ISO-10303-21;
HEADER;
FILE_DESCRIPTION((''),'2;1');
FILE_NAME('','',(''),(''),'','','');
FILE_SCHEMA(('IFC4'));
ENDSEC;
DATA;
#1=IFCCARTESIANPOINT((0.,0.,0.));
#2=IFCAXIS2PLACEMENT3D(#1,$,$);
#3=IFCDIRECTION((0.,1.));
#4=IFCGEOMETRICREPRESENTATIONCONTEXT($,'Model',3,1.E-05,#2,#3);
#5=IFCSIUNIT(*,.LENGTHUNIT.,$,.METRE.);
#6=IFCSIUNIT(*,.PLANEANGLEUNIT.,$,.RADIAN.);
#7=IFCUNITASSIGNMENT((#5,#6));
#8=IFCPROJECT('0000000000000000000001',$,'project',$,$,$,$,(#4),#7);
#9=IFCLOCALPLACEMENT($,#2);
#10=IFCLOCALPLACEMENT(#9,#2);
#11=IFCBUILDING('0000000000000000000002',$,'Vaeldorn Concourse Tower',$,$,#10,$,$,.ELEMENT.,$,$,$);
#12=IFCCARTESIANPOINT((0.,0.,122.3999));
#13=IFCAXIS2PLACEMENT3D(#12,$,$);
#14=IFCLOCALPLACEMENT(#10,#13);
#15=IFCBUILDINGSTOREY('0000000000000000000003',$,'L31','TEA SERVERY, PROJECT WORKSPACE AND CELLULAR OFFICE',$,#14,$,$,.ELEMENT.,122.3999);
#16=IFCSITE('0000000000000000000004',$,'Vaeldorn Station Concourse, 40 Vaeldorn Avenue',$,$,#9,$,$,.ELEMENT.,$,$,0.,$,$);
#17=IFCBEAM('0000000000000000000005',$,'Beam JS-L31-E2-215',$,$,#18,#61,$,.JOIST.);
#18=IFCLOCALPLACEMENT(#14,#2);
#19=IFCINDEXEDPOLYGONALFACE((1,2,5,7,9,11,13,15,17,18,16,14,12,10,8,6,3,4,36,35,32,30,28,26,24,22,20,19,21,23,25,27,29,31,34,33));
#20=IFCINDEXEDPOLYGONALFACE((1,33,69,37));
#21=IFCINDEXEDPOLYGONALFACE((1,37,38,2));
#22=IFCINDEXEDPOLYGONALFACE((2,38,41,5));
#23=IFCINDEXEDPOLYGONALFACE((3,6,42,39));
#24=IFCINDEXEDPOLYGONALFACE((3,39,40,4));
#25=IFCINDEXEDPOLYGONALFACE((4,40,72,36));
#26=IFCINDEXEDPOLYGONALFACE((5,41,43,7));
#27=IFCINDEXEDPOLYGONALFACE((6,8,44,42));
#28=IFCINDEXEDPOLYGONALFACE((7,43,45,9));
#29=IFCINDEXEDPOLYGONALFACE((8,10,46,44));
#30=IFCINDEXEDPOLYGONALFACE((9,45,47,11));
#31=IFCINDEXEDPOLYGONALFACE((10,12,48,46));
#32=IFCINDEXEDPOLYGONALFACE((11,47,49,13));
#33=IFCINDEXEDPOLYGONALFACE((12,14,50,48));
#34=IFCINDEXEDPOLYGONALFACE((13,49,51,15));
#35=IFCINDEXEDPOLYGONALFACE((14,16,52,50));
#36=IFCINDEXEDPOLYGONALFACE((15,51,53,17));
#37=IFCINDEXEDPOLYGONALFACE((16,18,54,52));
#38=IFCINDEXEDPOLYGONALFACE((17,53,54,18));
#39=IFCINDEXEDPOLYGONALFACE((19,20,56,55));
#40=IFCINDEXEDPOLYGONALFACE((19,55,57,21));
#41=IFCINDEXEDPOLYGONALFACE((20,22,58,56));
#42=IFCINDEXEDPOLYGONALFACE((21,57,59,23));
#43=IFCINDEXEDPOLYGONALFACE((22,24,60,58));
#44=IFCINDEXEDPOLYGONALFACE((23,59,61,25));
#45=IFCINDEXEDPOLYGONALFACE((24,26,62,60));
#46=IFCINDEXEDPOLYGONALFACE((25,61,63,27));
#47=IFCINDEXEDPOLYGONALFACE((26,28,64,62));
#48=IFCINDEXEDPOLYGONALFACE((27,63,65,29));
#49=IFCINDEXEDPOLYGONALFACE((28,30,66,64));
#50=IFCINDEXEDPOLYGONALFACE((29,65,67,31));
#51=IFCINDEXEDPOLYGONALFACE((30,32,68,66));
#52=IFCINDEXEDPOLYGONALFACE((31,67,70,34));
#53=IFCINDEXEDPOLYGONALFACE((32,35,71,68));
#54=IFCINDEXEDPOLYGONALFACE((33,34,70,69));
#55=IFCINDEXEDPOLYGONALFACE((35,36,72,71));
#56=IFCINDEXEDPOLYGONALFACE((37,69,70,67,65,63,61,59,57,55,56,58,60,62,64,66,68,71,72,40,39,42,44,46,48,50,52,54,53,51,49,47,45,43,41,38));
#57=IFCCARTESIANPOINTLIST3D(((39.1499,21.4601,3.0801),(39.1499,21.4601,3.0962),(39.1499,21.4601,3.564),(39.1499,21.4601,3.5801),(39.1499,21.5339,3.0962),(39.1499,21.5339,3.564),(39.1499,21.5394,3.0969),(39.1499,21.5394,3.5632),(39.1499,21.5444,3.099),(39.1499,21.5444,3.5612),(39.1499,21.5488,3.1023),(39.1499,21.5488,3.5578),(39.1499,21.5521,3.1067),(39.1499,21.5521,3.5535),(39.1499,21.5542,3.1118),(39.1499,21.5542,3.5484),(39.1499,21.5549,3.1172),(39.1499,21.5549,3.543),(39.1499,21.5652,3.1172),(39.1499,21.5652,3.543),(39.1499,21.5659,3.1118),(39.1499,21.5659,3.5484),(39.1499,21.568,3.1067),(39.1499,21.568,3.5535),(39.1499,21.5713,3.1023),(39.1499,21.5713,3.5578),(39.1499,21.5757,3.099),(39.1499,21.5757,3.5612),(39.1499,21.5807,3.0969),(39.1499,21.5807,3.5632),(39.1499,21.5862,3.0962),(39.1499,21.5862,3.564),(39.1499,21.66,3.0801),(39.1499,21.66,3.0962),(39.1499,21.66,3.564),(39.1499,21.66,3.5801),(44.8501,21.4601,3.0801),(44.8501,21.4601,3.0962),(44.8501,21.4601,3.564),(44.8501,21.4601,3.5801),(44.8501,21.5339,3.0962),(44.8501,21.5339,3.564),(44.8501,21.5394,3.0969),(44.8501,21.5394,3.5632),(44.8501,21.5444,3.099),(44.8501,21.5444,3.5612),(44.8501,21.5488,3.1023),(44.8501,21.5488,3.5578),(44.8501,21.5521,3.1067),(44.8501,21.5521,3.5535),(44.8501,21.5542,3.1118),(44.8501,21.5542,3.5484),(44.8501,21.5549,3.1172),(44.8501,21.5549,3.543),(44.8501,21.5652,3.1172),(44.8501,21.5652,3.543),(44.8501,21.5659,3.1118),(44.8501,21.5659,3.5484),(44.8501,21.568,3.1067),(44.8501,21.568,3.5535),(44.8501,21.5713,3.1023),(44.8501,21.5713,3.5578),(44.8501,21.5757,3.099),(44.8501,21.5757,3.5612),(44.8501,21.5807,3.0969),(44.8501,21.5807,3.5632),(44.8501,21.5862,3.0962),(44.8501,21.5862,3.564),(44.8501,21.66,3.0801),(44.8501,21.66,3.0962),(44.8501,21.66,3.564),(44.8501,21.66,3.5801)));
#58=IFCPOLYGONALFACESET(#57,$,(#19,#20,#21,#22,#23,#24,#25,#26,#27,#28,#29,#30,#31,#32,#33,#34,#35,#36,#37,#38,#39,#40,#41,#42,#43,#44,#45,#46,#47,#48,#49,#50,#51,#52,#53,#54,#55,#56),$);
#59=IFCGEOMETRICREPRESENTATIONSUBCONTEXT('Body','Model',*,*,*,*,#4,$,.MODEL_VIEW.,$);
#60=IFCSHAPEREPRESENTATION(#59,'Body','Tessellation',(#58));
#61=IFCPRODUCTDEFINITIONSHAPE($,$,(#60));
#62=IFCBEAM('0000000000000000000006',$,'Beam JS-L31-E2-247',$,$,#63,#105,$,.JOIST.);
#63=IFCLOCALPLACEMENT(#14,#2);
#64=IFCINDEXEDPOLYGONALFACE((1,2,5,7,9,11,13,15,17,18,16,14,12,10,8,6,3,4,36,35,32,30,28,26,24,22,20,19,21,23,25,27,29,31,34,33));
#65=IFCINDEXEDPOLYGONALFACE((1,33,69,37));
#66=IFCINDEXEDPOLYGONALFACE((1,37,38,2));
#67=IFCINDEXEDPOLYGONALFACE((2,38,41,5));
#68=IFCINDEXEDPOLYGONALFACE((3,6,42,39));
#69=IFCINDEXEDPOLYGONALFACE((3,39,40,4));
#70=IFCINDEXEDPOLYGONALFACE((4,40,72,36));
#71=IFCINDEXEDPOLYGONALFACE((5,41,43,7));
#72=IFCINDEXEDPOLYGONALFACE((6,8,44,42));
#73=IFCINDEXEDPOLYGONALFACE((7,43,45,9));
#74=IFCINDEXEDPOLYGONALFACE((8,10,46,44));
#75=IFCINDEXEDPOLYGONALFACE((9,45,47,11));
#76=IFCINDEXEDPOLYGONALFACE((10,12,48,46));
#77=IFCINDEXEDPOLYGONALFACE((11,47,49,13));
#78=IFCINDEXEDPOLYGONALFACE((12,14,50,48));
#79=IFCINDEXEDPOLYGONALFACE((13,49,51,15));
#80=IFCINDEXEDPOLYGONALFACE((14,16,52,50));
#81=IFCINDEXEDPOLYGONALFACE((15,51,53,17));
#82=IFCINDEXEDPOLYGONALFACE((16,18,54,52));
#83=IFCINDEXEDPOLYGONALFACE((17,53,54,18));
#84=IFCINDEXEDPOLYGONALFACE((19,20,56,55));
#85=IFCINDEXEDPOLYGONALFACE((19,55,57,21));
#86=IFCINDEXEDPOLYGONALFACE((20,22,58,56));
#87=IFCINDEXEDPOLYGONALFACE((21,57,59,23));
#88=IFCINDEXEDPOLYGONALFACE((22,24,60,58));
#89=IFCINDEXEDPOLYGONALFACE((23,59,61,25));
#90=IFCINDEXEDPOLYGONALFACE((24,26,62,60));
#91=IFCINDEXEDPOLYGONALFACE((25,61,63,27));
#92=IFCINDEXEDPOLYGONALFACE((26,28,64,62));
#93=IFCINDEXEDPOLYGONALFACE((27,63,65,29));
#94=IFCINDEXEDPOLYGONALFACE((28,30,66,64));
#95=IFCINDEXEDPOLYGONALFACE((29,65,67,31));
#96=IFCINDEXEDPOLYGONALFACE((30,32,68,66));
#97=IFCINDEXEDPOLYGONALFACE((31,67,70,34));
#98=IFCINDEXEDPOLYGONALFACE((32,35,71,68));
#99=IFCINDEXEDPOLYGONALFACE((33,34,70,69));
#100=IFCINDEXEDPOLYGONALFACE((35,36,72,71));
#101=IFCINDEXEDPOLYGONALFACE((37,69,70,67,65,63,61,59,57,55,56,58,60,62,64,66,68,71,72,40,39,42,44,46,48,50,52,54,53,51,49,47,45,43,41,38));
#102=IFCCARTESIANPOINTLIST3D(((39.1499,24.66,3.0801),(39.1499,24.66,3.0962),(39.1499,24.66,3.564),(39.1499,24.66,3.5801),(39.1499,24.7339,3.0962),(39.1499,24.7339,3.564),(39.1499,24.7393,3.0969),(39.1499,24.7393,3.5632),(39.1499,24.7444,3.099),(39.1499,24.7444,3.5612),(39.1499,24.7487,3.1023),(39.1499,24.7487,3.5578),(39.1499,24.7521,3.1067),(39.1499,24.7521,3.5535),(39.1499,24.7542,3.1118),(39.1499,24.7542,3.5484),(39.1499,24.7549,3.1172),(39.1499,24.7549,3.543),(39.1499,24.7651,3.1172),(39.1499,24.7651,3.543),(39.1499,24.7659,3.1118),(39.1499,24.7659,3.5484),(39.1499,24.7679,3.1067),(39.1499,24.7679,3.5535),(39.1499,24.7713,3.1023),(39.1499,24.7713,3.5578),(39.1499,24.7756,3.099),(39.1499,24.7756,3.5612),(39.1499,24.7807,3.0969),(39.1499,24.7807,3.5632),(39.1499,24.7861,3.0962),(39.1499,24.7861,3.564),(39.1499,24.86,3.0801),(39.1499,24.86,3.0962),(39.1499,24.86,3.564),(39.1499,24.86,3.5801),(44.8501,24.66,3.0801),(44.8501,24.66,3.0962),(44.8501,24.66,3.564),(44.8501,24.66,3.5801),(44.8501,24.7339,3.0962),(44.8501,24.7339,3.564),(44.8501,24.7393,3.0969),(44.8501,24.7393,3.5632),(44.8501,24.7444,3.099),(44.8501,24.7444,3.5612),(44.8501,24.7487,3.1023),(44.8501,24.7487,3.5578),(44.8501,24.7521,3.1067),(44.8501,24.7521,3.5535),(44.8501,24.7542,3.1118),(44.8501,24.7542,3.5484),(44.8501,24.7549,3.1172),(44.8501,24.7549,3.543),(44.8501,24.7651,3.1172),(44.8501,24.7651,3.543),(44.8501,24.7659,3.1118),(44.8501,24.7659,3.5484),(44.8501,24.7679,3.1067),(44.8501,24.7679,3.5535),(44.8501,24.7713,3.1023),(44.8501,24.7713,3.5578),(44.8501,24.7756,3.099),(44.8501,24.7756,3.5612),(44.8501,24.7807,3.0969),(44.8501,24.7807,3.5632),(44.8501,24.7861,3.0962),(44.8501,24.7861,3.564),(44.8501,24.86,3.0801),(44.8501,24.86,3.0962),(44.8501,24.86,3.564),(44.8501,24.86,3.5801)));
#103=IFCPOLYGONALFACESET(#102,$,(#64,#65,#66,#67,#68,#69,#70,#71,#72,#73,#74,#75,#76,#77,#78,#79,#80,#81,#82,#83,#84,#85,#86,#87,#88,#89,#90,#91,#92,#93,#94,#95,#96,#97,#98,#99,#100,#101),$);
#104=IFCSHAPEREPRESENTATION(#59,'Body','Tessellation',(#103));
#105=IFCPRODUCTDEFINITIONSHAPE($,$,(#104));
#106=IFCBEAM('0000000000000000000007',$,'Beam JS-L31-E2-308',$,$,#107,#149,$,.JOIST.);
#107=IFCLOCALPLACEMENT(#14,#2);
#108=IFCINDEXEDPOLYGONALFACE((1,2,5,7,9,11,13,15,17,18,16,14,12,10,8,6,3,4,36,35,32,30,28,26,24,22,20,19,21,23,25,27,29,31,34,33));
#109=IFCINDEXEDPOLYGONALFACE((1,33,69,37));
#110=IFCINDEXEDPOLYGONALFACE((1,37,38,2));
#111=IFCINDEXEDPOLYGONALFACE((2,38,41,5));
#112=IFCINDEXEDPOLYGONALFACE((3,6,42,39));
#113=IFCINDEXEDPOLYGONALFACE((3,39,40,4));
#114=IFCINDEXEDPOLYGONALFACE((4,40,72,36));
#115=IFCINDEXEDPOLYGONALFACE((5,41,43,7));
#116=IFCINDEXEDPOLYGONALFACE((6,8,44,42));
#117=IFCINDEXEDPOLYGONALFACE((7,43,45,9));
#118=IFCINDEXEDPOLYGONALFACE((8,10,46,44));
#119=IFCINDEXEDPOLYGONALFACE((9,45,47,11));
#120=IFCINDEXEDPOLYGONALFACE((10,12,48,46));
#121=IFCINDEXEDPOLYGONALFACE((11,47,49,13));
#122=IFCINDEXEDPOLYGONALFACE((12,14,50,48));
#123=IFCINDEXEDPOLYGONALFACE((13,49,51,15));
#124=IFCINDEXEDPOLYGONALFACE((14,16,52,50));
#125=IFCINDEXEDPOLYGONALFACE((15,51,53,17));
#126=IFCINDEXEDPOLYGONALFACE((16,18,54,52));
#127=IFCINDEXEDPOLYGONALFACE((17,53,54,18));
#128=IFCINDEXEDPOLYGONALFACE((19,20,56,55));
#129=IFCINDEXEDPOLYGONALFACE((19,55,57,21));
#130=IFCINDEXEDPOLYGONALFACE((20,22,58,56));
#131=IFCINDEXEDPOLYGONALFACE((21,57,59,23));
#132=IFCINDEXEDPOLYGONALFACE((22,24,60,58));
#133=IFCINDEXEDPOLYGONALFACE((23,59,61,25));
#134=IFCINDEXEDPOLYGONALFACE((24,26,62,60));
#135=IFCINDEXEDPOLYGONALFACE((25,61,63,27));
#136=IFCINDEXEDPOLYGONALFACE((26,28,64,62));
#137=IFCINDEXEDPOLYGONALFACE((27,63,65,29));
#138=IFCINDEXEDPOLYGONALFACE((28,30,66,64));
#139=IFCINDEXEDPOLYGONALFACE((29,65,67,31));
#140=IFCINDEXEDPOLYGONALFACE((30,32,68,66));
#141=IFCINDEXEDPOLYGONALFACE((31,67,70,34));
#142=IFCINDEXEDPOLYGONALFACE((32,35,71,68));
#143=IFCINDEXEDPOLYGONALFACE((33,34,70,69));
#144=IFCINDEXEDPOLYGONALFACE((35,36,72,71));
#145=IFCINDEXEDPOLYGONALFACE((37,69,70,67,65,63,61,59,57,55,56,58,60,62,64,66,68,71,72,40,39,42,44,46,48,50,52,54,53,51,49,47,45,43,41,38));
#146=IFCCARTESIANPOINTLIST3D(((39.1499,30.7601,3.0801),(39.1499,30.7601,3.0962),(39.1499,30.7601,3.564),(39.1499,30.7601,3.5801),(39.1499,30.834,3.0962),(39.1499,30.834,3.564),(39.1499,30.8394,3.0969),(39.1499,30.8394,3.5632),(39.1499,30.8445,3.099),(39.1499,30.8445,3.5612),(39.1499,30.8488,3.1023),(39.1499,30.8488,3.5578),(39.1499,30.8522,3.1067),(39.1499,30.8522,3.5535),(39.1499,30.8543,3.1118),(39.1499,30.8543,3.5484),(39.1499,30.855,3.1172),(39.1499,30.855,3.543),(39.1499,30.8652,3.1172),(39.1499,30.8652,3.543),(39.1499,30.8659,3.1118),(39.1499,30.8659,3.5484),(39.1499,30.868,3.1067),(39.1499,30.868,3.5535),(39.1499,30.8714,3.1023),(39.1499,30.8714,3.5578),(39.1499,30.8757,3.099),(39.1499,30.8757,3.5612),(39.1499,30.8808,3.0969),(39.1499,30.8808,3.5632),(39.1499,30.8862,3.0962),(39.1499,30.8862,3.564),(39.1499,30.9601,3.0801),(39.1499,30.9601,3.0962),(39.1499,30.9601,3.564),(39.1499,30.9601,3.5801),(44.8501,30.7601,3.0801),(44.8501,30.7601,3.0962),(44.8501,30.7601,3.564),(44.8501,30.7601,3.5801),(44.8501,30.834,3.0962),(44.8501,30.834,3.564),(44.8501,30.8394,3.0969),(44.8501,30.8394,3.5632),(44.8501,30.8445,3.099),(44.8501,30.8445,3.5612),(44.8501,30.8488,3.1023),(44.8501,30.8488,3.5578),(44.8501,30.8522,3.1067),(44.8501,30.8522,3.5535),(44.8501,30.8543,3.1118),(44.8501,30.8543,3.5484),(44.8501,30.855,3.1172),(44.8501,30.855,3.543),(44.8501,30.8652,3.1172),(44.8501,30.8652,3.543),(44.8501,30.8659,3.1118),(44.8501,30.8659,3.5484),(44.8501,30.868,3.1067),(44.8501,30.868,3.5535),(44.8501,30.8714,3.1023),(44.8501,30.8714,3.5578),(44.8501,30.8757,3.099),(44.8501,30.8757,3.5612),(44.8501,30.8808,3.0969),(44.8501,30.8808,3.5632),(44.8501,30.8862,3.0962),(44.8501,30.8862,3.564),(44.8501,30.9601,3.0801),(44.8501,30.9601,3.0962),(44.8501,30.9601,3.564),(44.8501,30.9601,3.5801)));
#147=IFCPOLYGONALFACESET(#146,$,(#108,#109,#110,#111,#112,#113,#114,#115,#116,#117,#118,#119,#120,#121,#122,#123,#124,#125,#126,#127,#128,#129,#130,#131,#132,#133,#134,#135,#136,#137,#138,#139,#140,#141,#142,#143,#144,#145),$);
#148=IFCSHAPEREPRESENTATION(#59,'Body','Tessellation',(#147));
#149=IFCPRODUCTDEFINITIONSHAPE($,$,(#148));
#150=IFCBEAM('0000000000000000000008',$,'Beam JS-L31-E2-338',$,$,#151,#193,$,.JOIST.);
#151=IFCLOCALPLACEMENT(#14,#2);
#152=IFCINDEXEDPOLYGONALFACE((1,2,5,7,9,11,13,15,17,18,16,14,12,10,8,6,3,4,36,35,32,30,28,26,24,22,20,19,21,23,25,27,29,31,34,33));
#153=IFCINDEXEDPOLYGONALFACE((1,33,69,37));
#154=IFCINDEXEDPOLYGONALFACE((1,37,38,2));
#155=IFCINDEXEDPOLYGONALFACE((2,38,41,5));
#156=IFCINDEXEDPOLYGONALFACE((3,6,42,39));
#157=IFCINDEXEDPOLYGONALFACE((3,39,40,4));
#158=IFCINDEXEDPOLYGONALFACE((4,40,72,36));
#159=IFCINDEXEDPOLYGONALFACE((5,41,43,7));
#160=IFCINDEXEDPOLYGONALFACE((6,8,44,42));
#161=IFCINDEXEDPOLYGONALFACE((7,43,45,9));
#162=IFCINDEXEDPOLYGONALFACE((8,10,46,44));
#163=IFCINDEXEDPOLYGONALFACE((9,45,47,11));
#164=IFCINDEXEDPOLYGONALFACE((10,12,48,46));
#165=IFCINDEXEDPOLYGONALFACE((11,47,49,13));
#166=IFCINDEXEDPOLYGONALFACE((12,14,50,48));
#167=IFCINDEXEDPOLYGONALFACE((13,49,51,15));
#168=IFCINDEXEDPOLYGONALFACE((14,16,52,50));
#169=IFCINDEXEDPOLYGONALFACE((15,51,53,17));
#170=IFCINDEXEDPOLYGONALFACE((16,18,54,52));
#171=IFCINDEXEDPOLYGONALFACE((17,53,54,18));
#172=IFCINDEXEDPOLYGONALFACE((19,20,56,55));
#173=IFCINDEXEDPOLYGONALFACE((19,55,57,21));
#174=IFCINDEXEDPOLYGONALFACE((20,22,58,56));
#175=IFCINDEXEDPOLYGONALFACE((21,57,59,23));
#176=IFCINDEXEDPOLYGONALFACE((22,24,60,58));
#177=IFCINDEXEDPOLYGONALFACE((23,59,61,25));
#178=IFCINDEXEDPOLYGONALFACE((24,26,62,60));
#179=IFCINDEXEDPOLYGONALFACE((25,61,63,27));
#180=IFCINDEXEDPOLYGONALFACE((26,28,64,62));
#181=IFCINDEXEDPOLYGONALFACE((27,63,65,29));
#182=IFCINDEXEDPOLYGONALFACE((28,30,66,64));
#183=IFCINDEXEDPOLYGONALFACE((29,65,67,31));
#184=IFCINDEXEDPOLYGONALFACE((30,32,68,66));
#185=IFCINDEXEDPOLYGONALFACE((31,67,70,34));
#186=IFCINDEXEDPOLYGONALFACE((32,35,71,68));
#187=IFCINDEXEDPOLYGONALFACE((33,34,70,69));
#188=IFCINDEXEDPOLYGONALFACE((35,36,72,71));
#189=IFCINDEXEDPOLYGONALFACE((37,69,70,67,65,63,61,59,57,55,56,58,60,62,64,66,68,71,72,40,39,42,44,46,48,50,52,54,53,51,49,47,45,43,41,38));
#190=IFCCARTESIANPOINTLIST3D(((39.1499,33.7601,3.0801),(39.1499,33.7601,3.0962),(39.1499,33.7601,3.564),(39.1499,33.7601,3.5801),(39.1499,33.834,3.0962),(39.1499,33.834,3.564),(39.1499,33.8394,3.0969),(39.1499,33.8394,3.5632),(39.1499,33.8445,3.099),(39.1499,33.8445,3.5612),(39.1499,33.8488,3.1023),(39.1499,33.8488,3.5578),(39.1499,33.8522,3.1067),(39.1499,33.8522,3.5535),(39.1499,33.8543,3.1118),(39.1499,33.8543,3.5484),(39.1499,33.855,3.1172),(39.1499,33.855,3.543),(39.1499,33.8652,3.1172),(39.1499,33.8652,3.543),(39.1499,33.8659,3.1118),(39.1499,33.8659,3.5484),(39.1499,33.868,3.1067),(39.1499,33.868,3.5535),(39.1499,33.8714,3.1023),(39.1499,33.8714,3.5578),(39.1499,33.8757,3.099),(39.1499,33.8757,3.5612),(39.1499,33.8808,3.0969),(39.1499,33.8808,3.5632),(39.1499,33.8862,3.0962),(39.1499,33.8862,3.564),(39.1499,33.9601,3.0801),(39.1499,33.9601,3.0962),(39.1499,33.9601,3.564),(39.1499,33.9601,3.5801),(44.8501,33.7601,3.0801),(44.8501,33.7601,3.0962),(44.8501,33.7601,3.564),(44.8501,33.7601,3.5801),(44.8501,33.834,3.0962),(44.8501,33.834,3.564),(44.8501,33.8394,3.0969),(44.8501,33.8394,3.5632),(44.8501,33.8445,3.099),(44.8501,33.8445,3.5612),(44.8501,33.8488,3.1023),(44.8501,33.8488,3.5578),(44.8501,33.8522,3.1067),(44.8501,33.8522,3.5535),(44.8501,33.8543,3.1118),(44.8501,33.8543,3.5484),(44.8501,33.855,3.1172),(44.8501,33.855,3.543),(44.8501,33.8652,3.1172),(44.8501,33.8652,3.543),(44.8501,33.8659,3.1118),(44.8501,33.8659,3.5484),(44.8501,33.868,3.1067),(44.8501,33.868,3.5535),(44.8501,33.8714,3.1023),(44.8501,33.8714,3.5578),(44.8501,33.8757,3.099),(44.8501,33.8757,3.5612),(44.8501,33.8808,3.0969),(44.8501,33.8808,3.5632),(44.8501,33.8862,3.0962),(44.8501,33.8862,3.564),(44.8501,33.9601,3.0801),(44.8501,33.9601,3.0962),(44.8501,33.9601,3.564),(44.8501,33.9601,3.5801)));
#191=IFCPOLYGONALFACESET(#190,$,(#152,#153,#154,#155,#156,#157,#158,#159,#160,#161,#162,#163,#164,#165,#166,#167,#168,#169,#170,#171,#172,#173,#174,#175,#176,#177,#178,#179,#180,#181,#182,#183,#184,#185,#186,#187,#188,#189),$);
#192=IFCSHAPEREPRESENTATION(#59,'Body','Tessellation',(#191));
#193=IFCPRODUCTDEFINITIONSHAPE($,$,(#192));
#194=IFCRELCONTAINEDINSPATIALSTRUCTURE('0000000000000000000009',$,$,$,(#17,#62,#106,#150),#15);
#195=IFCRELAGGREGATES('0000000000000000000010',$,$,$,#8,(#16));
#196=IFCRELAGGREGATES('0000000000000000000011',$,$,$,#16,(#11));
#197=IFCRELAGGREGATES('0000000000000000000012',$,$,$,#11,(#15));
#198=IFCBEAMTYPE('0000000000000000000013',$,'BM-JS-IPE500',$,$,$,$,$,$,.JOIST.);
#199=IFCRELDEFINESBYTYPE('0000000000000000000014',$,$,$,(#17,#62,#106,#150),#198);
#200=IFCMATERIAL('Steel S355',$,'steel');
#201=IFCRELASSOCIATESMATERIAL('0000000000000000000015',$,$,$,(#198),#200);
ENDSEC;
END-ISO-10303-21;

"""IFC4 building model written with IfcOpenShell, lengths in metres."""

from ifc_helpers import new_model, si_unit, direction, frame, origin, origin_2d, place, context, subcontext, project, spatial, i_section, extrude, source, transform, mapped, material, material_profile, profile_set, type_object, element, save


model = new_model("IFC4")

# Units and contexts
model_context = context("Model", 3, precision=1e-05, world=origin(), true_north=direction((0.0, 1.0)))
body_context = subcontext(model_context, "Body", "Model", "MODEL_VIEW")
ifc_project = project(units=[si_unit("LENGTHUNIT", "METRE"), si_unit("PLANEANGLEUNIT", "RADIAN")], contexts=[model_context])

# Site, building, storey
site_placement = place(None, origin())
site = spatial("IfcSite", under=ifc_project, at=site_placement, Name="Vaeldorn Station Concourse, 40 Vaeldorn Avenue", CompositionType="ELEMENT", RefElevation=0.0)
building_placement = place(site_placement, origin())
building = spatial("IfcBuilding", under=site, at=building_placement, Name="Vaeldorn Concourse Tower", CompositionType="ELEMENT")
storey_placement = place(building_placement, frame((0.0, 0.0, 122.3999)))
storey = spatial("IfcBuildingStorey", under=building, at=storey_placement, Name="L31", Description="TEA SERVERY, PROJECT WORKSPACE AND CELLULAR OFFICE", CompositionType="ELEMENT", Elevation=122.3999)

# Beams
ifc_material_1 = material(Name="Steel S355", Category="steel")
ifc_material_profile_1 = material_profile(ifc_material_1, i_section(OverallWidth=0.2, OverallDepth=0.5, WebThickness=0.0103, FlangeThickness=0.0161, FilletRadius=0.021, at=origin_2d()), Name="IPE 500")
ifc_profile_set_1 = profile_set([ifc_material_profile_1], Name="Steel S355")
beam_type_1 = type_object("IfcBeamType", Name="BM-JS-IPE500", PredefinedType="JOIST", material=ifc_profile_set_1)
shared_shape_1 = source(origin(), body_context, "Body", "SweptSolid", [
    extrude(i_section(OverallWidth=0.2, OverallDepth=0.5, WebThickness=0.0103, FlangeThickness=0.0161, FilletRadius=0.021, at=origin_2d()), origin(), (0.0, 0.0, 1.0), 5.7002),
])
for number, where, z_axis, x_axis, name in (
    (1, (39.1499, 21.5601, 3.3301), (1.0, 0.0, 0.0), (0.0, 1.0, 0.0), "Beam JS-L31-E2-215"),
    (2, (39.1499, 24.76, 3.3301), (1.0, 0.0, 0.0), (0.0, 1.0, 0.0), "Beam JS-L31-E2-247"),
    (3, (39.1499, 30.8601, 3.3301), (1.0, 0.0, 0.0), (0.0, 1.0, 0.0), "Beam JS-L31-E2-308"),
    (4, (39.1499, 33.8601, 3.3301), (1.0, 0.0, 0.0), (0.0, 1.0, 0.0), "Beam JS-L31-E2-338"),
):
    element("IfcBeam", number, at=place(storey_placement, frame(where, z_axis=z_axis, x_axis=x_axis)), inside=storey, type_object=beam_type_1, Name=name, PredefinedType="JOIST", context=body_context, shape_type="MappedRepresentation", body=[
        mapped(shared_shape_1, transform((0.0, 0.0, 0.0), scale=1.0)),
    ])

save(model, "model.ifc")
